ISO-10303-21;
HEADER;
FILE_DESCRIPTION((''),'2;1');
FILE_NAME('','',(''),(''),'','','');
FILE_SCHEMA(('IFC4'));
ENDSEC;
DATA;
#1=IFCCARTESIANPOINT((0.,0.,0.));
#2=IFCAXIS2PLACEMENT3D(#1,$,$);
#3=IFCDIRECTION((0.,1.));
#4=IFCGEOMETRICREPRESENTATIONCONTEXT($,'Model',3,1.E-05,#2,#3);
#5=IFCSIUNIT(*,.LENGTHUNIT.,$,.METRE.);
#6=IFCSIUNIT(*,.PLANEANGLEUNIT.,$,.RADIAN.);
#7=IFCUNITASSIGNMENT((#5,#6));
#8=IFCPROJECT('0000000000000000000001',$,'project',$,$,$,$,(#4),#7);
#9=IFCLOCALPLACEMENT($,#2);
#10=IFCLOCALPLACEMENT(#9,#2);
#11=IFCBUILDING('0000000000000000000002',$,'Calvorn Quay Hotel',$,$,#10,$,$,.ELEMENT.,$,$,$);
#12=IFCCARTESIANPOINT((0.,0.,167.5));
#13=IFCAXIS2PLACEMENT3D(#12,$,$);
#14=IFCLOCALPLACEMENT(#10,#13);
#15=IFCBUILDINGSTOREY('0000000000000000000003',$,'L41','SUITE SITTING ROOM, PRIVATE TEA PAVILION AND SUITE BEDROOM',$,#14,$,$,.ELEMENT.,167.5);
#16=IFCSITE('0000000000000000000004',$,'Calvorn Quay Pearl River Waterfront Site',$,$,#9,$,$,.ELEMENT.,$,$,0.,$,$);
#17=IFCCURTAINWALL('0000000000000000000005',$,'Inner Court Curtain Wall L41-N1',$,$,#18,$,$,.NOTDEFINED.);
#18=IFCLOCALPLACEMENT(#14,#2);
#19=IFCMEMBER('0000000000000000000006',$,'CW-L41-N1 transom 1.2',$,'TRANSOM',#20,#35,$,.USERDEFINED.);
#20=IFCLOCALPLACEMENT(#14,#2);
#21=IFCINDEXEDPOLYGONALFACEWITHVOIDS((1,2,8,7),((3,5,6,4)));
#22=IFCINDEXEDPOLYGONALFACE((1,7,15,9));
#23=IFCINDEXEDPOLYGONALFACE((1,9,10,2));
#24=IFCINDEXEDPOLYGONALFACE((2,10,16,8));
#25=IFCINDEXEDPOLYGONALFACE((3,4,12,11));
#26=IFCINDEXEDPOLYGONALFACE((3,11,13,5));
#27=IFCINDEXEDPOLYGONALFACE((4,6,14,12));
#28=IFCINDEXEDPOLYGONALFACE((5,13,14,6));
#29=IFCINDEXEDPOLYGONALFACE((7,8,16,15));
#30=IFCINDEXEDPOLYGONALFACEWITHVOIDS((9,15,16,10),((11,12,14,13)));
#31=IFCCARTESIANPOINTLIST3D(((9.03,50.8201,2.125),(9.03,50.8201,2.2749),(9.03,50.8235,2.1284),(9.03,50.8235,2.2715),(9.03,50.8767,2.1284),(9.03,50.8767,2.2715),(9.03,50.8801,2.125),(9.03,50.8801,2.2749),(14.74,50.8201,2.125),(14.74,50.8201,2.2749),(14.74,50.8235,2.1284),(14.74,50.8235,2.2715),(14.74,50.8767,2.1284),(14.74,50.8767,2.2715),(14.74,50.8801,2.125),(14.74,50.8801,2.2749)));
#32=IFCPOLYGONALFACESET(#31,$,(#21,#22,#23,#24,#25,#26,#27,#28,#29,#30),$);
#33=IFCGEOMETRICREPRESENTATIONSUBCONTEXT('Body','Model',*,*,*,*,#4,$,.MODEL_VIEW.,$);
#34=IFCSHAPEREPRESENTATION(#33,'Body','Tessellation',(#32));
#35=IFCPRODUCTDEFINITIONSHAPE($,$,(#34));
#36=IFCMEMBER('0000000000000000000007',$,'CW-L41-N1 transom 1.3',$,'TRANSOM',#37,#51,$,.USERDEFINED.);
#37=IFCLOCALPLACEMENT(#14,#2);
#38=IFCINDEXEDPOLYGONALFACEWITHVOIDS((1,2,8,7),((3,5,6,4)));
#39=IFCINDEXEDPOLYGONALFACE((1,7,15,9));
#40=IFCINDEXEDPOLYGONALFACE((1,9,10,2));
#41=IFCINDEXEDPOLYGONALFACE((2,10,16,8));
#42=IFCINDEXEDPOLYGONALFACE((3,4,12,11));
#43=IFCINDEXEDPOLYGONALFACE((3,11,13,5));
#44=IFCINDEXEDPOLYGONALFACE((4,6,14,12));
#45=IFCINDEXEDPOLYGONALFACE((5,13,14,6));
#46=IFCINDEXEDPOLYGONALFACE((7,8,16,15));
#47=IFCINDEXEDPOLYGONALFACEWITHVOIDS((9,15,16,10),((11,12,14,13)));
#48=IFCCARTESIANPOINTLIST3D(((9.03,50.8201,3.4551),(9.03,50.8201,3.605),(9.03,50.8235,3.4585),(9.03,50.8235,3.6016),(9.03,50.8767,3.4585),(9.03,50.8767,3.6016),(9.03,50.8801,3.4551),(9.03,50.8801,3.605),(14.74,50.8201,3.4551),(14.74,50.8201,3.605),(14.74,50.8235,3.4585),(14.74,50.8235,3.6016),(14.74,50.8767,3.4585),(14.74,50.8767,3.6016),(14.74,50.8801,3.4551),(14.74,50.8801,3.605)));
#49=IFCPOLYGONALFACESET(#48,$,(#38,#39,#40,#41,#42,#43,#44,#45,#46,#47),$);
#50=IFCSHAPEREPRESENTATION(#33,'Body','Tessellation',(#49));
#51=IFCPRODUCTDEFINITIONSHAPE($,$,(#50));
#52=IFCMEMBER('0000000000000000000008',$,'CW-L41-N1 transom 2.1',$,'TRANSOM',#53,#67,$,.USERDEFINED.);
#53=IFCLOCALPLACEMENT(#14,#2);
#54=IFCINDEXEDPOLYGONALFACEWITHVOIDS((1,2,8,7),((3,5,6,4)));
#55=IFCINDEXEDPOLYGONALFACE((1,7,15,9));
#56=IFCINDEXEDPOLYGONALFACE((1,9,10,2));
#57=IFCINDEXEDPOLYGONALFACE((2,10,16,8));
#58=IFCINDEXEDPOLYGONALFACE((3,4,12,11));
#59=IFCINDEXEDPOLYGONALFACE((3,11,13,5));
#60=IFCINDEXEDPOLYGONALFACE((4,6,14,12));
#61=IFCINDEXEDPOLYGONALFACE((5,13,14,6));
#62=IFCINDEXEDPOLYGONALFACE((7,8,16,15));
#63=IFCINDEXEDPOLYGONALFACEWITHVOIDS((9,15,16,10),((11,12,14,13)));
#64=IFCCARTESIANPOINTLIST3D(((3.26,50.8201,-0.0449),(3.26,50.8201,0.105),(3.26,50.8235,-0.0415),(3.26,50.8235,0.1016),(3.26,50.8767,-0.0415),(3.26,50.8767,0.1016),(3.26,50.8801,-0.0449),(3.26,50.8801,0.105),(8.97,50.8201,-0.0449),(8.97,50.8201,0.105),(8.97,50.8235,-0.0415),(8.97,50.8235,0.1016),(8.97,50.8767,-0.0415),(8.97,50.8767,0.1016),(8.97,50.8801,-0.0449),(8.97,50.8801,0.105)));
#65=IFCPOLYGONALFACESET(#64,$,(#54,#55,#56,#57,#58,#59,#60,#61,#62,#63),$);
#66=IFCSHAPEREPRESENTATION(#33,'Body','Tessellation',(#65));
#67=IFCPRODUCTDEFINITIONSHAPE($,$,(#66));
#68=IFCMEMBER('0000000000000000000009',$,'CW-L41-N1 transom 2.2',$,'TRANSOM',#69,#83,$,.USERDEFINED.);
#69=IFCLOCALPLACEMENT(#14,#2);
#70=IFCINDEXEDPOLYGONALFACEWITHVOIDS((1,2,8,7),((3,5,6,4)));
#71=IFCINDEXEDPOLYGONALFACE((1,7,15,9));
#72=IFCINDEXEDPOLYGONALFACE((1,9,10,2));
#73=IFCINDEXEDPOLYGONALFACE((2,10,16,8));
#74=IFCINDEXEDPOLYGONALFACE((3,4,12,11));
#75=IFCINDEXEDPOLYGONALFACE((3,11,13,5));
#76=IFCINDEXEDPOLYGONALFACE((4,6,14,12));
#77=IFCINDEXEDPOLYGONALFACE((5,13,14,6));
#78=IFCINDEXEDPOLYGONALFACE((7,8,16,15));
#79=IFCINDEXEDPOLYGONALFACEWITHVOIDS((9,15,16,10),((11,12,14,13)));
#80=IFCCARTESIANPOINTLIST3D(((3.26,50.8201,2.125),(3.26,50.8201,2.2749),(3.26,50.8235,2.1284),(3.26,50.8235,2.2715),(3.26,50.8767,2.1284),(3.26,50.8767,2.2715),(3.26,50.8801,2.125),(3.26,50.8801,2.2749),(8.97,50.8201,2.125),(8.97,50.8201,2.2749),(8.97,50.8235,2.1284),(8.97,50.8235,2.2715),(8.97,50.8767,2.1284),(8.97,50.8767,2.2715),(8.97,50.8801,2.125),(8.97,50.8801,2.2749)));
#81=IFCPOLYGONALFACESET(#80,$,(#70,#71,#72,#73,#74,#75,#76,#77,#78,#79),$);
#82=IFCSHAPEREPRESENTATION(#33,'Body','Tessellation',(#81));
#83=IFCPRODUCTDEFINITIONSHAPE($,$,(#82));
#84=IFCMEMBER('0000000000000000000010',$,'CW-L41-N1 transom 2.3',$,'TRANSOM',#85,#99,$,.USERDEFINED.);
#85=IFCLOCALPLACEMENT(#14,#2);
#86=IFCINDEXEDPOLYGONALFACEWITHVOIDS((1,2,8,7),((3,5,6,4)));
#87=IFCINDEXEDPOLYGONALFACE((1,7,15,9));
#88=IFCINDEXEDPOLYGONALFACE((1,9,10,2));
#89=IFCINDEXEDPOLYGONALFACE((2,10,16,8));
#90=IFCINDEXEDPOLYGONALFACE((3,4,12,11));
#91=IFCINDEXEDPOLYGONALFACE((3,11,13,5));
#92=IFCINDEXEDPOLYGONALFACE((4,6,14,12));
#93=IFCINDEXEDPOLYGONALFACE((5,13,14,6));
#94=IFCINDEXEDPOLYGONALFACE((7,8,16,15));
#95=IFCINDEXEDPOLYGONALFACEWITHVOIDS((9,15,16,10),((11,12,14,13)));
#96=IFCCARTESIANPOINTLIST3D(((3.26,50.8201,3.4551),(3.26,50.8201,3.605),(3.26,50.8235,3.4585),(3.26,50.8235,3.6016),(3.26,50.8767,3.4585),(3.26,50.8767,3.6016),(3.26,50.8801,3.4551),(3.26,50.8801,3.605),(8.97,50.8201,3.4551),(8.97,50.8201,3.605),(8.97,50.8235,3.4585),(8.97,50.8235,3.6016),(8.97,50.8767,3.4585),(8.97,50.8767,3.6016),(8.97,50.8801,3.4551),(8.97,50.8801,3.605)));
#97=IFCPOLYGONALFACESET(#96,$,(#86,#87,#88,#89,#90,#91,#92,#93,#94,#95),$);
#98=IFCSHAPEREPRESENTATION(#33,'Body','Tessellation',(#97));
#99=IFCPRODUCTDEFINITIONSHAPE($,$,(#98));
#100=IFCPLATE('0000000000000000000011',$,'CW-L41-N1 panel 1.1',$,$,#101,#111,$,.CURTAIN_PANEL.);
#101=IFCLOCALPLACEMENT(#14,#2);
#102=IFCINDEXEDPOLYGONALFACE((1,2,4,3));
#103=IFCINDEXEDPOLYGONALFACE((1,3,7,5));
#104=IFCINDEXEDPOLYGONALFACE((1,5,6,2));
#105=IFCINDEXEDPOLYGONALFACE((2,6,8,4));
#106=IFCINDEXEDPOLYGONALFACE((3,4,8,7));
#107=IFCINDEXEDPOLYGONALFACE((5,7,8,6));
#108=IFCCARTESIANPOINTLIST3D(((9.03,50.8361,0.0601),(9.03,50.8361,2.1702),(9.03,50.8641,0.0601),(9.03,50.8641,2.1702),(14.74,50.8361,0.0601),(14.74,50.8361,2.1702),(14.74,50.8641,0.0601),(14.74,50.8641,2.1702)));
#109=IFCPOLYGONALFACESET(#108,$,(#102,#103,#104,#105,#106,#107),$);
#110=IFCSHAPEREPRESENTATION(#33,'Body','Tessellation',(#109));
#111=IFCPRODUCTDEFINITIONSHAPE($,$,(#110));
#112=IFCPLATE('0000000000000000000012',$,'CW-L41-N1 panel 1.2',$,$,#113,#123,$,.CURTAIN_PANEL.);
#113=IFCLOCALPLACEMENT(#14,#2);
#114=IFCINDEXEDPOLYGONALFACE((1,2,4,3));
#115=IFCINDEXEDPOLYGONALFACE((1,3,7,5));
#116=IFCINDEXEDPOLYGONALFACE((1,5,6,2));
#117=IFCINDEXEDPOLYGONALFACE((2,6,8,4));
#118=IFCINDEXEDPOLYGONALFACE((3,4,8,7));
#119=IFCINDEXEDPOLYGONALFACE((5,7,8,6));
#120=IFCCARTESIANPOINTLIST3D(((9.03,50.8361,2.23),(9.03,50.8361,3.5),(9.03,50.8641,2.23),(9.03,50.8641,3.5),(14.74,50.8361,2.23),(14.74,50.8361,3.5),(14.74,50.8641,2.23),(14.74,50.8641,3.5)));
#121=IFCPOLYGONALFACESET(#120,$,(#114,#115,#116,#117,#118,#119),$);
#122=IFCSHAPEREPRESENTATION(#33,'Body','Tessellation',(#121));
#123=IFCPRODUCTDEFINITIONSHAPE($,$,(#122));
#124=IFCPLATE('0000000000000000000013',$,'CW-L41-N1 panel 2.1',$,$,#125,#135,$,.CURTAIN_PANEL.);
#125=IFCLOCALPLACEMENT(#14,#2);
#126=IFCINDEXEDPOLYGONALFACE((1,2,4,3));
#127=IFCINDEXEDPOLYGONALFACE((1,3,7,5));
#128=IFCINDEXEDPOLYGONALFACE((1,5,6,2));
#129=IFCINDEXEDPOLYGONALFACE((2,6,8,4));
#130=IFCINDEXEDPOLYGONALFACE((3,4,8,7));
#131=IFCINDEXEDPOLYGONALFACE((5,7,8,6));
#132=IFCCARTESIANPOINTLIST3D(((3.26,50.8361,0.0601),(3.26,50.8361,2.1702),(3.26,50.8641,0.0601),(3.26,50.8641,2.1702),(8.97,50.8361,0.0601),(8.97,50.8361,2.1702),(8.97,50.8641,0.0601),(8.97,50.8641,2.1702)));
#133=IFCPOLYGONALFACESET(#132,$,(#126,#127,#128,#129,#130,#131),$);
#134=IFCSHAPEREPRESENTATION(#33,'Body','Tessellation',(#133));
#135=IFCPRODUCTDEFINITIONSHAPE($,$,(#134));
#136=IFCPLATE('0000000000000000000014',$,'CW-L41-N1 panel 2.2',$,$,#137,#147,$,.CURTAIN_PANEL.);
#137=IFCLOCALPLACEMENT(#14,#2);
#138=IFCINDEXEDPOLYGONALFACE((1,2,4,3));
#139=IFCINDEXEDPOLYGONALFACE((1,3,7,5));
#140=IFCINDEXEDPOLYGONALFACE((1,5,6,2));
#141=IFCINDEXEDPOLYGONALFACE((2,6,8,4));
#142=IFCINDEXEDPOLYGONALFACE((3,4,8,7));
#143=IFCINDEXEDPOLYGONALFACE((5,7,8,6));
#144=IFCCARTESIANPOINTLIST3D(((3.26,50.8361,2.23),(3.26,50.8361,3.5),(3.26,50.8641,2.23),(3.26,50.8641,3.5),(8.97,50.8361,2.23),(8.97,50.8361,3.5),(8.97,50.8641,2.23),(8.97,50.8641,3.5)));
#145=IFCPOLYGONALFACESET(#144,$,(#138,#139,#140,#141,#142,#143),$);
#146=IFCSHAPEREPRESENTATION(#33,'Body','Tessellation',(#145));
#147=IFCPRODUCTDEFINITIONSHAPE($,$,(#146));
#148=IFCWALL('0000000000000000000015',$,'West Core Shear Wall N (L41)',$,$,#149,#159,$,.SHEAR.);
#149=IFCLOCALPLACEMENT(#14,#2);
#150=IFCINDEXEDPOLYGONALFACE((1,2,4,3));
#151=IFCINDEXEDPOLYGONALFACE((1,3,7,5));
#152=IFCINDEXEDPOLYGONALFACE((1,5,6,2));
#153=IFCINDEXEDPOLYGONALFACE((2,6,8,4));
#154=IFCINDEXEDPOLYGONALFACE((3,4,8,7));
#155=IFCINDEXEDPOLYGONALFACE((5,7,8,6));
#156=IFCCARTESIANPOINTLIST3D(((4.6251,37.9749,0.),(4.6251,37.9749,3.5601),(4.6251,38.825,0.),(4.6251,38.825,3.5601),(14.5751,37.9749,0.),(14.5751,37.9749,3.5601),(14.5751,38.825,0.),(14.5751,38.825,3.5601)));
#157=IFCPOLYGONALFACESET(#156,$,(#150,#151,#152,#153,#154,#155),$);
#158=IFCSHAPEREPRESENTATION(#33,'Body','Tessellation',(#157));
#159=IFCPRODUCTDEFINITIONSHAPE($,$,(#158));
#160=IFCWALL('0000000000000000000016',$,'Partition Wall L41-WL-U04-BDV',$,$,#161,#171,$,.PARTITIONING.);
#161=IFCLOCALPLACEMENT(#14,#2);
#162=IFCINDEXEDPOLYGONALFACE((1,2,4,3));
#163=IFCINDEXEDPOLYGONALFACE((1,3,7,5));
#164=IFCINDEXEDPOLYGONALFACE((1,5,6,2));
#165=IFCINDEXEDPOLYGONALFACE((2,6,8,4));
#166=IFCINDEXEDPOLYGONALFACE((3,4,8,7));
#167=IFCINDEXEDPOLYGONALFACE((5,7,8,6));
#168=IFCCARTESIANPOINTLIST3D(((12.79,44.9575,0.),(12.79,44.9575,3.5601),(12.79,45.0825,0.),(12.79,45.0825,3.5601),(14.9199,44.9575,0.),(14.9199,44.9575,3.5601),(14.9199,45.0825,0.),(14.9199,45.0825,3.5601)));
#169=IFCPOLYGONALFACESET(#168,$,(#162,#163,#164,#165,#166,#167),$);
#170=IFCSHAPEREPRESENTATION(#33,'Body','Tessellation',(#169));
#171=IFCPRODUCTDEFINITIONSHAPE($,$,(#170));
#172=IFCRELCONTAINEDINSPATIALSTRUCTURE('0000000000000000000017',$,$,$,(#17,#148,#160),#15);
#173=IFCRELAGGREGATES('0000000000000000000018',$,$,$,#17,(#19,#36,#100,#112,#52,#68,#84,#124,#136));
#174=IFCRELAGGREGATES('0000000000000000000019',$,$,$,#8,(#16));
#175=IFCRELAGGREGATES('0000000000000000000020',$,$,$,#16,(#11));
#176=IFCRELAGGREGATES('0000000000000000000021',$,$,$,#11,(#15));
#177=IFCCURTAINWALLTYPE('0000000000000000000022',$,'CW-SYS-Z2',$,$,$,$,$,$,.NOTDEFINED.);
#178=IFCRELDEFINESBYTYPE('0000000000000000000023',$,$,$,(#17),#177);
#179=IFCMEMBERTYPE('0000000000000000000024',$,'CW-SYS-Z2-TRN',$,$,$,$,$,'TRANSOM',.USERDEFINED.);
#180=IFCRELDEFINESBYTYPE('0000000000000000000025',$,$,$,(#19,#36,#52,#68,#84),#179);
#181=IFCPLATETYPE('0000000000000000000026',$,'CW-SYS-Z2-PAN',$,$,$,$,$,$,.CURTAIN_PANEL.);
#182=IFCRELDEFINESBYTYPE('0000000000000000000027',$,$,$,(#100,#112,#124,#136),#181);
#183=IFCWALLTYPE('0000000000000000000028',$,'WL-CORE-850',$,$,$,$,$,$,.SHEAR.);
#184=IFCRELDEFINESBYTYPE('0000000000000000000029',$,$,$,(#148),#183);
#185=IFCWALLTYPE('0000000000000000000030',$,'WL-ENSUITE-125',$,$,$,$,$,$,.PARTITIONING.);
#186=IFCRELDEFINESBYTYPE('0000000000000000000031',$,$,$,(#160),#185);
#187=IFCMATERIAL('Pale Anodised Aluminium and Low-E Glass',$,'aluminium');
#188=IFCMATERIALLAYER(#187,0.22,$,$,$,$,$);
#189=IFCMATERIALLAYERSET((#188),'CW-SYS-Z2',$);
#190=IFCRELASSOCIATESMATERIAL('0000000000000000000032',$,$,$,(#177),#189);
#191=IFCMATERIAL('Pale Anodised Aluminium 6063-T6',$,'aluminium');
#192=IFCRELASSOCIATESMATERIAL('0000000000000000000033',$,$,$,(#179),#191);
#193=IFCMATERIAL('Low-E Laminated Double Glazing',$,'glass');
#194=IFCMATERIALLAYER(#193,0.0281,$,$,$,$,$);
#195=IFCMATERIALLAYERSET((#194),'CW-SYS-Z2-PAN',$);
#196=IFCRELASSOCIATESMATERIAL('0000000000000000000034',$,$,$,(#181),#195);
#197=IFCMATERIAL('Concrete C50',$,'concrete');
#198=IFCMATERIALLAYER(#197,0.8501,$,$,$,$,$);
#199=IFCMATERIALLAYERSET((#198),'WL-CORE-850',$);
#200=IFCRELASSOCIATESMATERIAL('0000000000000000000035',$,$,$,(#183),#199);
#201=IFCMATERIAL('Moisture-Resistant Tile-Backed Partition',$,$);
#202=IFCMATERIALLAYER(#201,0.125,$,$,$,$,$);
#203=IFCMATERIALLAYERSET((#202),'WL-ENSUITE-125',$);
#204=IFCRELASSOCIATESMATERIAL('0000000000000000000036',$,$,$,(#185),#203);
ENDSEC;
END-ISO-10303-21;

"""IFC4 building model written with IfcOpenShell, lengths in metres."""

from ifc_helpers import new_model, si_unit, direction, frame, frame_2d, origin, origin_2d, place, context, subcontext, project, spatial, rectangle, hollow_rectangle, extrude, material, layer, layer_set, material_profile, profile_set, type_object, element, aggregate, save


model = new_model("IFC4")

# Units and contexts
model_context = context("Model", 3, precision=1e-05, world=origin(), true_north=direction((0.0, 1.0)))
body_context = subcontext(model_context, "Body", "Model", "MODEL_VIEW")
ifc_project = project(units=[si_unit("LENGTHUNIT", "METRE"), si_unit("PLANEANGLEUNIT", "RADIAN")], contexts=[model_context])

# Site, building, storey
site_placement = place(None, origin())
site = spatial("IfcSite", under=ifc_project, at=site_placement, Name="Calvorn Quay Pearl River Waterfront Site", CompositionType="ELEMENT", RefElevation=0.0)
building_placement = place(site_placement, origin())
building = spatial("IfcBuilding", under=site, at=building_placement, Name="Calvorn Quay Hotel", CompositionType="ELEMENT")
storey_placement = place(building_placement, frame((0.0, 0.0, 167.5)))
storey = spatial("IfcBuildingStorey", under=building, at=storey_placement, Name="L41", Description="SUITE SITTING ROOM, PRIVATE TEA PAVILION AND SUITE BEDROOM", CompositionType="ELEMENT", Elevation=167.5)

# Curtain wall, members, plates
ifc_material_1 = material(Name="Pale Anodised Aluminium and Low-E Glass", Category="aluminium")
ifc_layer_1 = layer(ifc_material_1, 0.22)
ifc_layer_set_1 = layer_set([ifc_layer_1], Name="CW-SYS-Z2")
curtain_wall_type = type_object("IfcCurtainWallType", Name="CW-SYS-Z2", PredefinedType="NOTDEFINED", material=ifc_layer_set_1)
curtain_wall_placement = place(storey_placement, origin())
curtain_wall = element("IfcCurtainWall", 1, at=curtain_wall_placement, inside=storey, type_object=curtain_wall_type, Name="Inner Court Curtain Wall L41-N1", PredefinedType="NOTDEFINED")
ifc_material_2 = material(Name="Pale Anodised Aluminium 6063-T6", Category="aluminium")
ifc_material_profile_1 = material_profile(ifc_material_2, hollow_rectangle(XDim=0.0601, YDim=0.1499, WallThickness=0.0034, at=origin_2d()), Name="ALU-T150x60x3.5")
ifc_profile_set_1 = profile_set([ifc_material_profile_1], Name="Pale Anodised Aluminium 6063-T6")
member_type_1 = type_object("IfcMemberType", Name="CW-SYS-Z2-TRN", ElementType="TRANSOM", PredefinedType="USERDEFINED", material=ifc_profile_set_1)
member_1_placement = place(storey_placement, frame((14.74, 50.8501, 2.2), z_axis=(-1.0, 0.0, 0.0), x_axis=(0.0, -1.0, 0.0)))
member_1 = element("IfcMember", 2, at=member_1_placement, type_object=member_type_1, Name="CW-L41-N1 transom 1.2", ObjectType="TRANSOM", PredefinedType="USERDEFINED", context=body_context, shape_type="SweptSolid", body=[
    extrude(hollow_rectangle(XDim=0.0601, YDim=0.1499, WallThickness=0.0034, at=origin_2d()), origin(), (0.0, 0.0, 1.0), 5.71),
])
member_2_placement = place(storey_placement, frame((14.74, 50.8501, 3.53), z_axis=(-1.0, 0.0, 0.0), x_axis=(0.0, -1.0, 0.0)))
member_2 = element("IfcMember", 3, at=member_2_placement, type_object=member_type_1, Name="CW-L41-N1 transom 1.3", ObjectType="TRANSOM", PredefinedType="USERDEFINED", context=body_context, shape_type="SweptSolid", body=[
    extrude(hollow_rectangle(XDim=0.0601, YDim=0.1499, WallThickness=0.0034, at=origin_2d()), origin(), (0.0, 0.0, 1.0), 5.71),
])
member_3_placement = place(storey_placement, frame((8.97, 50.8501, 0.03), z_axis=(-1.0, 0.0, 0.0), x_axis=(0.0, -1.0, 0.0)))
member_3 = element("IfcMember", 4, at=member_3_placement, type_object=member_type_1, Name="CW-L41-N1 transom 2.1", ObjectType="TRANSOM", PredefinedType="USERDEFINED", context=body_context, shape_type="SweptSolid", body=[
    extrude(hollow_rectangle(XDim=0.0601, YDim=0.1499, WallThickness=0.0034, at=origin_2d()), origin(), (0.0, 0.0, 1.0), 5.71),
])
member_4_placement = place(storey_placement, frame((8.97, 50.8501, 2.2), z_axis=(-1.0, 0.0, 0.0), x_axis=(0.0, -1.0, 0.0)))
member_4 = element("IfcMember", 5, at=member_4_placement, type_object=member_type_1, Name="CW-L41-N1 transom 2.2", ObjectType="TRANSOM", PredefinedType="USERDEFINED", context=body_context, shape_type="SweptSolid", body=[
    extrude(hollow_rectangle(XDim=0.0601, YDim=0.1499, WallThickness=0.0034, at=origin_2d()), origin(), (0.0, 0.0, 1.0), 5.71),
])
member_5_placement = place(storey_placement, frame((8.97, 50.8501, 3.53), z_axis=(-1.0, 0.0, 0.0), x_axis=(0.0, -1.0, 0.0)))
member_5 = element("IfcMember", 6, at=member_5_placement, type_object=member_type_1, Name="CW-L41-N1 transom 2.3", ObjectType="TRANSOM", PredefinedType="USERDEFINED", context=body_context, shape_type="SweptSolid", body=[
    extrude(hollow_rectangle(XDim=0.0601, YDim=0.1499, WallThickness=0.0034, at=origin_2d()), origin(), (0.0, 0.0, 1.0), 5.71),
])
ifc_material_3 = material(Name="Low-E Laminated Double Glazing", Category="glass")
ifc_layer_2 = layer(ifc_material_3, 0.0281)
ifc_layer_set_2 = layer_set([ifc_layer_2], Name="CW-SYS-Z2-PAN")
plate_type = type_object("IfcPlateType", Name="CW-SYS-Z2-PAN", PredefinedType="CURTAIN_PANEL", material=ifc_layer_set_2)
plate_1_placement = place(storey_placement, frame((11.885, 50.8501, 0.0601), z_axis=(0.0, 0.0, 1.0), x_axis=(-1.0, 0.0, 0.0)))
plate_1 = element("IfcPlate", 7, at=plate_1_placement, type_object=plate_type, Name="CW-L41-N1 panel 1.1", PredefinedType="CURTAIN_PANEL", context=body_context, shape_type="SweptSolid", body=[
    extrude(rectangle(XDim=5.71, YDim=0.0281, at=origin_2d()), origin(), (0.0, 0.0, 1.0), 2.1101),
])
plate_2_placement = place(storey_placement, frame((11.885, 50.8501, 2.23), z_axis=(0.0, 0.0, 1.0), x_axis=(-1.0, 0.0, 0.0)))
plate_2 = element("IfcPlate", 8, at=plate_2_placement, type_object=plate_type, Name="CW-L41-N1 panel 1.2", PredefinedType="CURTAIN_PANEL", context=body_context, shape_type="SweptSolid", body=[
    extrude(rectangle(XDim=5.71, YDim=0.0281, at=origin_2d()), origin(), (0.0, 0.0, 1.0), 1.27),
])
plate_3_placement = place(storey_placement, frame((6.115, 50.8501, 0.0601), z_axis=(0.0, 0.0, 1.0), x_axis=(-1.0, 0.0, 0.0)))
plate_3 = element("IfcPlate", 9, at=plate_3_placement, type_object=plate_type, Name="CW-L41-N1 panel 2.1", PredefinedType="CURTAIN_PANEL", context=body_context, shape_type="SweptSolid", body=[
    extrude(rectangle(XDim=5.71, YDim=0.0281, at=origin_2d()), origin(), (0.0, 0.0, 1.0), 2.1101),
])
plate_4_placement = place(storey_placement, frame((6.115, 50.8501, 2.23), z_axis=(0.0, 0.0, 1.0), x_axis=(-1.0, 0.0, 0.0)))
plate_4 = element("IfcPlate", 10, at=plate_4_placement, type_object=plate_type, Name="CW-L41-N1 panel 2.2", PredefinedType="CURTAIN_PANEL", context=body_context, shape_type="SweptSolid", body=[
    extrude(rectangle(XDim=5.71, YDim=0.0281, at=origin_2d()), origin(), (0.0, 0.0, 1.0), 1.27),
])
aggregate(curtain_wall, [member_1, member_2, plate_1, plate_2, member_3, member_4, member_5, plate_3, plate_4])

# Walls
ifc_material_4 = material(Name="Concrete C50", Category="concrete")
ifc_layer_3 = layer(ifc_material_4, 0.8501)
ifc_layer_set_3 = layer_set([ifc_layer_3], Name="WL-CORE-850")
wall_type_1 = type_object("IfcWallType", Name="WL-CORE-850", PredefinedType="SHEAR", material=ifc_layer_set_3)
wall_1_placement = place(storey_placement, frame((4.625, 38.3999, 0.0), z_axis=(0.0, 0.0, 1.0), x_axis=(1.0, 0.0, 0.0)))
element("IfcWall", 11, at=wall_1_placement, inside=storey, type_object=wall_type_1, Name="West Core Shear Wall N (L41)", PredefinedType="SHEAR", context=body_context, shape_type="SweptSolid", body=[
    extrude(rectangle(XDim=9.95, YDim=0.8501, at=frame_2d((4.9751, 0.0))), origin(), (0.0, 0.0, 1.0), 3.5601),
])
ifc_material_5 = material(Name="Moisture-Resistant Tile-Backed Partition")
ifc_layer_4 = layer(ifc_material_5, 0.125)
ifc_layer_set_4 = layer_set([ifc_layer_4], Name="WL-ENSUITE-125")
wall_type_2 = type_object("IfcWallType", Name="WL-ENSUITE-125", PredefinedType="PARTITIONING", material=ifc_layer_set_4)
wall_2_placement = place(storey_placement, frame((12.79, 45.02, 0.0), z_axis=(0.0, 0.0, 1.0), x_axis=(1.0, 0.0, 0.0)))
element("IfcWall", 12, at=wall_2_placement, inside=storey, type_object=wall_type_2, Name="Partition Wall L41-WL-U04-BDV", PredefinedType="PARTITIONING", context=body_context, shape_type="SweptSolid", body=[
    extrude(rectangle(XDim=2.1299, YDim=0.125, at=frame_2d((1.0649, 0.0))), origin(), (0.0, 0.0, 1.0), 3.5601),
])

save(model, "model.ifc")
